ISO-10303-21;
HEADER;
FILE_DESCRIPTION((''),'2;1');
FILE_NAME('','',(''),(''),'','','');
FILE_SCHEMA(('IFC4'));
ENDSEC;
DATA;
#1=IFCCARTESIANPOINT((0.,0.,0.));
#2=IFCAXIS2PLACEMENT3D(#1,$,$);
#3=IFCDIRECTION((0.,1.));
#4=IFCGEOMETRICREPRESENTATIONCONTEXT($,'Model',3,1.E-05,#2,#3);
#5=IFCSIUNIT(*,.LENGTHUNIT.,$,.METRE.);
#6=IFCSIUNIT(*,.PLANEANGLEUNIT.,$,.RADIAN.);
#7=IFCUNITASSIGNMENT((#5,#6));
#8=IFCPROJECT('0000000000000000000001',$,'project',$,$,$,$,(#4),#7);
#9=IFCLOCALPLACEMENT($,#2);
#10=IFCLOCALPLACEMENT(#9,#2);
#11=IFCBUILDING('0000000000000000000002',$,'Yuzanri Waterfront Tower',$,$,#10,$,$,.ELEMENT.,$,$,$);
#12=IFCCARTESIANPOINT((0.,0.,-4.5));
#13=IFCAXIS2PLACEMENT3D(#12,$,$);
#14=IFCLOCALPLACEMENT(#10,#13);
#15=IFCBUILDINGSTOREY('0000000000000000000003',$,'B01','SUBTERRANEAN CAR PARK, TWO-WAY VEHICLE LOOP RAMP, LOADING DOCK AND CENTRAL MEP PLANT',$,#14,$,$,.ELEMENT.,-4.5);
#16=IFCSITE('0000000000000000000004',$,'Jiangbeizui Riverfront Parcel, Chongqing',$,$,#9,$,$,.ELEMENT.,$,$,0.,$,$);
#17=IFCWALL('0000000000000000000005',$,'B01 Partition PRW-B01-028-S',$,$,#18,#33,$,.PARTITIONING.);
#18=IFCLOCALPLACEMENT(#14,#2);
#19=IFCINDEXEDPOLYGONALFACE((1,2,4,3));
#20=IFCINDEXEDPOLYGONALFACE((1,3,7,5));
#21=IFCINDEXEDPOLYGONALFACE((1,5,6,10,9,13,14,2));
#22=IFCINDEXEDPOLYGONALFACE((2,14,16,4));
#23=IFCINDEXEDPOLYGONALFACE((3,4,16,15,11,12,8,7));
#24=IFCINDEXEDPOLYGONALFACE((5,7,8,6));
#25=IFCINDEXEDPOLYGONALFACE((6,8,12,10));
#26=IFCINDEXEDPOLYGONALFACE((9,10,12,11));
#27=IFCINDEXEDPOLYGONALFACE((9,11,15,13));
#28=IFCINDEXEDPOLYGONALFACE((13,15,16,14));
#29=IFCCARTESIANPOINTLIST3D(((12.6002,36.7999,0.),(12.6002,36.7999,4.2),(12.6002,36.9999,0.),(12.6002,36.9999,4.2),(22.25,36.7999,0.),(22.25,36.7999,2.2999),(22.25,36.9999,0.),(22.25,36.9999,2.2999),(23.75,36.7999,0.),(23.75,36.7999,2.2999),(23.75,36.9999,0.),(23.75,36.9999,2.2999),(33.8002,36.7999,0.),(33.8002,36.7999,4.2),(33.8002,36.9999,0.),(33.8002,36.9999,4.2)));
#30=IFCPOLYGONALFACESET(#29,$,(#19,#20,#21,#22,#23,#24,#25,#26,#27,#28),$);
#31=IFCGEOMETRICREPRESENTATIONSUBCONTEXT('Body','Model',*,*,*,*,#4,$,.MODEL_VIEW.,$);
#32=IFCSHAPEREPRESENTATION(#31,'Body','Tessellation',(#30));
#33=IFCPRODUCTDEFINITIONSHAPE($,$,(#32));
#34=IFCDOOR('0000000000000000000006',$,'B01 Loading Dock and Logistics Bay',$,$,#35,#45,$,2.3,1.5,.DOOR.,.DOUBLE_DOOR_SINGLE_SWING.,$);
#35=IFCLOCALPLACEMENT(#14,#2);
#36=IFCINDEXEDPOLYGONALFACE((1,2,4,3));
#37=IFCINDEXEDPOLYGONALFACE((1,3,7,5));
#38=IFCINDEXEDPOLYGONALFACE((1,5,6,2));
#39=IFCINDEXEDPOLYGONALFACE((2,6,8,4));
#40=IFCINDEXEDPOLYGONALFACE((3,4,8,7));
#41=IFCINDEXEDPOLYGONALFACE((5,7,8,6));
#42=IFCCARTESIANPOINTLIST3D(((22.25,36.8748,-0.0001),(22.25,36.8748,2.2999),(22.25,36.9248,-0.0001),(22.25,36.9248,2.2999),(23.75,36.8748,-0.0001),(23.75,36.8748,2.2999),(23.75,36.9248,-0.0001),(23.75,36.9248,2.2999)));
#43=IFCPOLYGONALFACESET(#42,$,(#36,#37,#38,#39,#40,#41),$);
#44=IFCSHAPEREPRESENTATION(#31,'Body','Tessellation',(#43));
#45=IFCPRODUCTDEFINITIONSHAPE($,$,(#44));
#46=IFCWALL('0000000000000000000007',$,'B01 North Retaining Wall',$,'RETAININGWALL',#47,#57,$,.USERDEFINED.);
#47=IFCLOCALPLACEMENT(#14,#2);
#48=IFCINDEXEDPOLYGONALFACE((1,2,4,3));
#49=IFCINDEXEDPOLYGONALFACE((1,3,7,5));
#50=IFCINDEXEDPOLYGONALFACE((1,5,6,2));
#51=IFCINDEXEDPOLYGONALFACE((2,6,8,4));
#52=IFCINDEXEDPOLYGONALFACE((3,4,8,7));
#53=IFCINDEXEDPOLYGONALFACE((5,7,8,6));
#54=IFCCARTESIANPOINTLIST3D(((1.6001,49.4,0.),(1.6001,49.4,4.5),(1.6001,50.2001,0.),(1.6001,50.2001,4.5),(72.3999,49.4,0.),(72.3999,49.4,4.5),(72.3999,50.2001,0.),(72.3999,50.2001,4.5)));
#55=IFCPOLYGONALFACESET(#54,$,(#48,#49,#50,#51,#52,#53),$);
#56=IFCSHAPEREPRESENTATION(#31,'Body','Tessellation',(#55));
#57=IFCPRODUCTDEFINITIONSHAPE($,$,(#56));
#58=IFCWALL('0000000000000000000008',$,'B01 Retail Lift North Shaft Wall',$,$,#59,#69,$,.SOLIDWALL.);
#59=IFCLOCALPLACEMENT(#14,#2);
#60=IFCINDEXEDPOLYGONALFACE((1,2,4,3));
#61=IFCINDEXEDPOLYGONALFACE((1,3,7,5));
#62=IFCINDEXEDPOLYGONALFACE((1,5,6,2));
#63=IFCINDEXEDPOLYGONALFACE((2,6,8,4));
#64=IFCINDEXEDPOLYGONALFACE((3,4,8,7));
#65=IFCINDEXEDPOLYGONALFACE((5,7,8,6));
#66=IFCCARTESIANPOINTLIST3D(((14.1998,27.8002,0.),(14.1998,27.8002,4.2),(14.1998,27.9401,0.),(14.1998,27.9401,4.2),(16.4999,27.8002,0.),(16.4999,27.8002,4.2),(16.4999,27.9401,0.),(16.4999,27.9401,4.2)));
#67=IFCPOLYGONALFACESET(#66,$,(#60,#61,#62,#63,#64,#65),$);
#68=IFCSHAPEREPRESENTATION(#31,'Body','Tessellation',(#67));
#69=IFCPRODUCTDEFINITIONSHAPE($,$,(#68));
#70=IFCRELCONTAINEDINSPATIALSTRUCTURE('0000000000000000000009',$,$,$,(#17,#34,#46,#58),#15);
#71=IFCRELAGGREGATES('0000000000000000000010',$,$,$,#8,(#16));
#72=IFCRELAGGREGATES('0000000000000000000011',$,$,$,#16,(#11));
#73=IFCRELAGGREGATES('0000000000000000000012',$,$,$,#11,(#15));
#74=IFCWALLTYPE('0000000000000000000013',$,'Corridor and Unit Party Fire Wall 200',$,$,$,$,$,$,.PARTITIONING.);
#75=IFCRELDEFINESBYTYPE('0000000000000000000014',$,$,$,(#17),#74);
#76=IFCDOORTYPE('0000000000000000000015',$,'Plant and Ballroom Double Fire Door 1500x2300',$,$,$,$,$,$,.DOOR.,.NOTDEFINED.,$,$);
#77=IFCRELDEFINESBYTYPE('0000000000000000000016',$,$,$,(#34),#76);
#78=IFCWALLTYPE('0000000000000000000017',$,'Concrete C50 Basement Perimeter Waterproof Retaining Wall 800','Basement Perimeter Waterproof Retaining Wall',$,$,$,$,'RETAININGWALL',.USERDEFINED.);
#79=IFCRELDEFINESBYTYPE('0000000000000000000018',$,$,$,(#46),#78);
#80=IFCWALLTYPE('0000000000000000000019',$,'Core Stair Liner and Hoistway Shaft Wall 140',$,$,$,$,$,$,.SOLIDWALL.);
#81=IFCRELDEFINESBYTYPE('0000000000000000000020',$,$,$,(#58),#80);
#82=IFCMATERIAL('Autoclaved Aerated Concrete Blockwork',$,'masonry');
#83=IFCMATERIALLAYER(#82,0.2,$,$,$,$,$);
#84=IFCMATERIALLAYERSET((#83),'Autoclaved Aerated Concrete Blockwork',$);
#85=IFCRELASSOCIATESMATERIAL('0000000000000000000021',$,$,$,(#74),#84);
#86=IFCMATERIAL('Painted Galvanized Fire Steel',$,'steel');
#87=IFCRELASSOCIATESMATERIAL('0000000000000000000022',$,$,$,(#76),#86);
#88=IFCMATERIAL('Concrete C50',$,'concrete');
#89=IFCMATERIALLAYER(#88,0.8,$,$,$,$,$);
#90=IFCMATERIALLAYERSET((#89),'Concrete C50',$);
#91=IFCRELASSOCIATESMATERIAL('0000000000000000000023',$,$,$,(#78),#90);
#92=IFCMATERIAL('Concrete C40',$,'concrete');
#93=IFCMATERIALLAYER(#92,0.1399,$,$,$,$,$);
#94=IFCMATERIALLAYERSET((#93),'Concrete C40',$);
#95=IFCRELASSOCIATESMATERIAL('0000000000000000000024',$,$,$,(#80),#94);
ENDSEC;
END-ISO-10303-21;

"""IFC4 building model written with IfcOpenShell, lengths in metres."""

from ifc_helpers import new_model, si_unit, direction, frame, frame_2d, origin, place, context, subcontext, project, spatial, rectangle, extrude, source, transform, mapped, material, layer, layer_set, type_object, element, fill, save


model = new_model("IFC4")

# Units and contexts
model_context = context("Model", 3, precision=1e-05, world=origin(), true_north=direction((0.0, 1.0)))
body_context = subcontext(model_context, "Body", "Model", "MODEL_VIEW")
ifc_project = project(units=[si_unit("LENGTHUNIT", "METRE"), si_unit("PLANEANGLEUNIT", "RADIAN")], contexts=[model_context])

# Site, building, storey
site_placement = place(None, origin())
site = spatial("IfcSite", under=ifc_project, at=site_placement, Name="Jiangbeizui Riverfront Parcel, Chongqing", CompositionType="ELEMENT", RefElevation=0.0)
building_placement = place(site_placement, origin())
building = spatial("IfcBuilding", under=site, at=building_placement, Name="Yuzanri Waterfront Tower", CompositionType="ELEMENT")
storey_placement = place(building_placement, frame((0.0, 0.0, -4.5)))
storey = spatial("IfcBuildingStorey", under=building, at=storey_placement, Name="B01", Description="SUBTERRANEAN CAR PARK, TWO-WAY VEHICLE LOOP RAMP, LOADING DOCK AND CENTRAL MEP PLANT", CompositionType="ELEMENT", Elevation=-4.5)

# Wall, opening, door
ifc_material_1 = material(Name="Autoclaved Aerated Concrete Blockwork", Category="masonry")
ifc_layer_1 = layer(ifc_material_1, 0.2)
ifc_layer_set_1 = layer_set([ifc_layer_1], Name="Autoclaved Aerated Concrete Blockwork")
wall_type_1 = type_object("IfcWallType", Name="Corridor and Unit Party Fire Wall 200", PredefinedType="PARTITIONING", material=ifc_layer_set_1)
wall_1_placement = place(storey_placement, frame((12.6001, 36.8999, 0.0), z_axis=(0.0, 0.0, 1.0), x_axis=(1.0, 0.0, 0.0)))
wall_1 = element("IfcWall", 1, at=wall_1_placement, inside=storey, type_object=wall_type_1, Name="B01 Partition PRW-B01-028-S", PredefinedType="PARTITIONING", context=body_context, shape_type="SweptSolid", body=[
    extrude(rectangle(XDim=21.2, YDim=0.2, at=frame_2d((10.6001, 0.0))), origin(), (0.0, 0.0, 1.0), 4.2),
])
opening_1_placement = place(wall_1_placement, frame((9.6499, 0.0, 0.0)))
opening_1 = element("IfcOpeningElement", 2, at=opening_1_placement, cuts=wall_1, PredefinedType="OPENING", context=body_context, shape_type="SweptSolid", body=[
    extrude(rectangle(XDim=1.5, YDim=2.3, at=frame_2d((0.75, 1.1499))), frame((0.0, 0.1147, 0.0), z_axis=(0.0, -1.0, 0.0), x_axis=(1.0, 0.0, 0.0)), (0.0, 0.0, 1.0), 0.2297),
])
ifc_material_2 = material(Name="Painted Galvanized Fire Steel", Category="steel")
door_type_1 = type_object("IfcDoorType", Name="Plant and Ballroom Double Fire Door 1500x2300", OperationType="NOTDEFINED", PredefinedType="DOOR", material=ifc_material_2)
shared_shape_1 = source(origin(), body_context, "Body", "SweptSolid", [
    extrude(rectangle(XDim=1.5, YDim=2.3, at=frame_2d((0.75, 1.1499))), frame((0.0, 0.0249, 0.0), z_axis=(0.0, -1.0, 0.0), x_axis=(1.0, 0.0, 0.0)), (0.0, 0.0, 1.0), 0.05),
])
door_1_placement = place(opening_1_placement, origin())
door_1 = element("IfcDoor", 3, at=door_1_placement, inside=storey, type_object=door_type_1, Name="B01 Loading Dock and Logistics Bay", OperationType="DOUBLE_DOOR_SINGLE_SWING", OverallHeight=2.3, OverallWidth=1.5, PredefinedType="DOOR", context=body_context, shape_type="MappedRepresentation", body=[
    mapped(shared_shape_1, transform((0.0, 0.0, 0.0), scale=1.0)),
])
fill(opening_1, door_1)

# Walls
ifc_material_3 = material(Name="Concrete C50", Category="concrete")
ifc_layer_2 = layer(ifc_material_3, 0.8)
ifc_layer_set_2 = layer_set([ifc_layer_2], Name="Concrete C50")
wall_type_2 = type_object("IfcWallType", Name="Concrete C50 Basement Perimeter Waterproof Retaining Wall 800", Description="Basement Perimeter Waterproof Retaining Wall", ElementType="RETAININGWALL", PredefinedType="USERDEFINED", material=ifc_layer_set_2)
shared_shape_2 = source(origin(), body_context, "Body", "SweptSolid", [
    extrude(rectangle(XDim=70.7998, YDim=0.8, at=frame_2d((35.3999, 0.0))), origin(), (0.0, 0.0, 1.0), 4.5),
])
wall_2_placement = place(storey_placement, frame((1.6001, 49.8, 0.0), z_axis=(0.0, 0.0, 1.0), x_axis=(1.0, 0.0, 0.0)))
element("IfcWall", 4, at=wall_2_placement, inside=storey, type_object=wall_type_2, Name="B01 North Retaining Wall", ObjectType="RETAININGWALL", PredefinedType="USERDEFINED", context=body_context, shape_type="MappedRepresentation", body=[
    mapped(shared_shape_2, transform((0.0, 0.0, 0.0), scale=1.0)),
])
ifc_material_4 = material(Name="Concrete C40", Category="concrete")
ifc_layer_3 = layer(ifc_material_4, 0.1399)
ifc_layer_set_3 = layer_set([ifc_layer_3], Name="Concrete C40")
wall_type_3 = type_object("IfcWallType", Name="Core Stair Liner and Hoistway Shaft Wall 140", PredefinedType="SOLIDWALL", material=ifc_layer_set_3)
shared_shape_3 = source(origin(), body_context, "Body", "SweptSolid", [
    extrude(rectangle(XDim=2.3, YDim=0.1399, at=frame_2d((1.1499, 0.0))), origin(), (0.0, 0.0, 1.0), 4.2),
])
wall_3_placement = place(storey_placement, frame((14.2, 27.8701, 0.0), z_axis=(0.0, 0.0, 1.0), x_axis=(1.0, 0.0, 0.0)))
element("IfcWall", 5, at=wall_3_placement, inside=storey, type_object=wall_type_3, Name="B01 Retail Lift North Shaft Wall", PredefinedType="SOLIDWALL", context=body_context, shape_type="MappedRepresentation", body=[
    mapped(shared_shape_3, transform((0.0, 0.0, 0.0), scale=1.0)),
])

save(model, "model.ifc")
